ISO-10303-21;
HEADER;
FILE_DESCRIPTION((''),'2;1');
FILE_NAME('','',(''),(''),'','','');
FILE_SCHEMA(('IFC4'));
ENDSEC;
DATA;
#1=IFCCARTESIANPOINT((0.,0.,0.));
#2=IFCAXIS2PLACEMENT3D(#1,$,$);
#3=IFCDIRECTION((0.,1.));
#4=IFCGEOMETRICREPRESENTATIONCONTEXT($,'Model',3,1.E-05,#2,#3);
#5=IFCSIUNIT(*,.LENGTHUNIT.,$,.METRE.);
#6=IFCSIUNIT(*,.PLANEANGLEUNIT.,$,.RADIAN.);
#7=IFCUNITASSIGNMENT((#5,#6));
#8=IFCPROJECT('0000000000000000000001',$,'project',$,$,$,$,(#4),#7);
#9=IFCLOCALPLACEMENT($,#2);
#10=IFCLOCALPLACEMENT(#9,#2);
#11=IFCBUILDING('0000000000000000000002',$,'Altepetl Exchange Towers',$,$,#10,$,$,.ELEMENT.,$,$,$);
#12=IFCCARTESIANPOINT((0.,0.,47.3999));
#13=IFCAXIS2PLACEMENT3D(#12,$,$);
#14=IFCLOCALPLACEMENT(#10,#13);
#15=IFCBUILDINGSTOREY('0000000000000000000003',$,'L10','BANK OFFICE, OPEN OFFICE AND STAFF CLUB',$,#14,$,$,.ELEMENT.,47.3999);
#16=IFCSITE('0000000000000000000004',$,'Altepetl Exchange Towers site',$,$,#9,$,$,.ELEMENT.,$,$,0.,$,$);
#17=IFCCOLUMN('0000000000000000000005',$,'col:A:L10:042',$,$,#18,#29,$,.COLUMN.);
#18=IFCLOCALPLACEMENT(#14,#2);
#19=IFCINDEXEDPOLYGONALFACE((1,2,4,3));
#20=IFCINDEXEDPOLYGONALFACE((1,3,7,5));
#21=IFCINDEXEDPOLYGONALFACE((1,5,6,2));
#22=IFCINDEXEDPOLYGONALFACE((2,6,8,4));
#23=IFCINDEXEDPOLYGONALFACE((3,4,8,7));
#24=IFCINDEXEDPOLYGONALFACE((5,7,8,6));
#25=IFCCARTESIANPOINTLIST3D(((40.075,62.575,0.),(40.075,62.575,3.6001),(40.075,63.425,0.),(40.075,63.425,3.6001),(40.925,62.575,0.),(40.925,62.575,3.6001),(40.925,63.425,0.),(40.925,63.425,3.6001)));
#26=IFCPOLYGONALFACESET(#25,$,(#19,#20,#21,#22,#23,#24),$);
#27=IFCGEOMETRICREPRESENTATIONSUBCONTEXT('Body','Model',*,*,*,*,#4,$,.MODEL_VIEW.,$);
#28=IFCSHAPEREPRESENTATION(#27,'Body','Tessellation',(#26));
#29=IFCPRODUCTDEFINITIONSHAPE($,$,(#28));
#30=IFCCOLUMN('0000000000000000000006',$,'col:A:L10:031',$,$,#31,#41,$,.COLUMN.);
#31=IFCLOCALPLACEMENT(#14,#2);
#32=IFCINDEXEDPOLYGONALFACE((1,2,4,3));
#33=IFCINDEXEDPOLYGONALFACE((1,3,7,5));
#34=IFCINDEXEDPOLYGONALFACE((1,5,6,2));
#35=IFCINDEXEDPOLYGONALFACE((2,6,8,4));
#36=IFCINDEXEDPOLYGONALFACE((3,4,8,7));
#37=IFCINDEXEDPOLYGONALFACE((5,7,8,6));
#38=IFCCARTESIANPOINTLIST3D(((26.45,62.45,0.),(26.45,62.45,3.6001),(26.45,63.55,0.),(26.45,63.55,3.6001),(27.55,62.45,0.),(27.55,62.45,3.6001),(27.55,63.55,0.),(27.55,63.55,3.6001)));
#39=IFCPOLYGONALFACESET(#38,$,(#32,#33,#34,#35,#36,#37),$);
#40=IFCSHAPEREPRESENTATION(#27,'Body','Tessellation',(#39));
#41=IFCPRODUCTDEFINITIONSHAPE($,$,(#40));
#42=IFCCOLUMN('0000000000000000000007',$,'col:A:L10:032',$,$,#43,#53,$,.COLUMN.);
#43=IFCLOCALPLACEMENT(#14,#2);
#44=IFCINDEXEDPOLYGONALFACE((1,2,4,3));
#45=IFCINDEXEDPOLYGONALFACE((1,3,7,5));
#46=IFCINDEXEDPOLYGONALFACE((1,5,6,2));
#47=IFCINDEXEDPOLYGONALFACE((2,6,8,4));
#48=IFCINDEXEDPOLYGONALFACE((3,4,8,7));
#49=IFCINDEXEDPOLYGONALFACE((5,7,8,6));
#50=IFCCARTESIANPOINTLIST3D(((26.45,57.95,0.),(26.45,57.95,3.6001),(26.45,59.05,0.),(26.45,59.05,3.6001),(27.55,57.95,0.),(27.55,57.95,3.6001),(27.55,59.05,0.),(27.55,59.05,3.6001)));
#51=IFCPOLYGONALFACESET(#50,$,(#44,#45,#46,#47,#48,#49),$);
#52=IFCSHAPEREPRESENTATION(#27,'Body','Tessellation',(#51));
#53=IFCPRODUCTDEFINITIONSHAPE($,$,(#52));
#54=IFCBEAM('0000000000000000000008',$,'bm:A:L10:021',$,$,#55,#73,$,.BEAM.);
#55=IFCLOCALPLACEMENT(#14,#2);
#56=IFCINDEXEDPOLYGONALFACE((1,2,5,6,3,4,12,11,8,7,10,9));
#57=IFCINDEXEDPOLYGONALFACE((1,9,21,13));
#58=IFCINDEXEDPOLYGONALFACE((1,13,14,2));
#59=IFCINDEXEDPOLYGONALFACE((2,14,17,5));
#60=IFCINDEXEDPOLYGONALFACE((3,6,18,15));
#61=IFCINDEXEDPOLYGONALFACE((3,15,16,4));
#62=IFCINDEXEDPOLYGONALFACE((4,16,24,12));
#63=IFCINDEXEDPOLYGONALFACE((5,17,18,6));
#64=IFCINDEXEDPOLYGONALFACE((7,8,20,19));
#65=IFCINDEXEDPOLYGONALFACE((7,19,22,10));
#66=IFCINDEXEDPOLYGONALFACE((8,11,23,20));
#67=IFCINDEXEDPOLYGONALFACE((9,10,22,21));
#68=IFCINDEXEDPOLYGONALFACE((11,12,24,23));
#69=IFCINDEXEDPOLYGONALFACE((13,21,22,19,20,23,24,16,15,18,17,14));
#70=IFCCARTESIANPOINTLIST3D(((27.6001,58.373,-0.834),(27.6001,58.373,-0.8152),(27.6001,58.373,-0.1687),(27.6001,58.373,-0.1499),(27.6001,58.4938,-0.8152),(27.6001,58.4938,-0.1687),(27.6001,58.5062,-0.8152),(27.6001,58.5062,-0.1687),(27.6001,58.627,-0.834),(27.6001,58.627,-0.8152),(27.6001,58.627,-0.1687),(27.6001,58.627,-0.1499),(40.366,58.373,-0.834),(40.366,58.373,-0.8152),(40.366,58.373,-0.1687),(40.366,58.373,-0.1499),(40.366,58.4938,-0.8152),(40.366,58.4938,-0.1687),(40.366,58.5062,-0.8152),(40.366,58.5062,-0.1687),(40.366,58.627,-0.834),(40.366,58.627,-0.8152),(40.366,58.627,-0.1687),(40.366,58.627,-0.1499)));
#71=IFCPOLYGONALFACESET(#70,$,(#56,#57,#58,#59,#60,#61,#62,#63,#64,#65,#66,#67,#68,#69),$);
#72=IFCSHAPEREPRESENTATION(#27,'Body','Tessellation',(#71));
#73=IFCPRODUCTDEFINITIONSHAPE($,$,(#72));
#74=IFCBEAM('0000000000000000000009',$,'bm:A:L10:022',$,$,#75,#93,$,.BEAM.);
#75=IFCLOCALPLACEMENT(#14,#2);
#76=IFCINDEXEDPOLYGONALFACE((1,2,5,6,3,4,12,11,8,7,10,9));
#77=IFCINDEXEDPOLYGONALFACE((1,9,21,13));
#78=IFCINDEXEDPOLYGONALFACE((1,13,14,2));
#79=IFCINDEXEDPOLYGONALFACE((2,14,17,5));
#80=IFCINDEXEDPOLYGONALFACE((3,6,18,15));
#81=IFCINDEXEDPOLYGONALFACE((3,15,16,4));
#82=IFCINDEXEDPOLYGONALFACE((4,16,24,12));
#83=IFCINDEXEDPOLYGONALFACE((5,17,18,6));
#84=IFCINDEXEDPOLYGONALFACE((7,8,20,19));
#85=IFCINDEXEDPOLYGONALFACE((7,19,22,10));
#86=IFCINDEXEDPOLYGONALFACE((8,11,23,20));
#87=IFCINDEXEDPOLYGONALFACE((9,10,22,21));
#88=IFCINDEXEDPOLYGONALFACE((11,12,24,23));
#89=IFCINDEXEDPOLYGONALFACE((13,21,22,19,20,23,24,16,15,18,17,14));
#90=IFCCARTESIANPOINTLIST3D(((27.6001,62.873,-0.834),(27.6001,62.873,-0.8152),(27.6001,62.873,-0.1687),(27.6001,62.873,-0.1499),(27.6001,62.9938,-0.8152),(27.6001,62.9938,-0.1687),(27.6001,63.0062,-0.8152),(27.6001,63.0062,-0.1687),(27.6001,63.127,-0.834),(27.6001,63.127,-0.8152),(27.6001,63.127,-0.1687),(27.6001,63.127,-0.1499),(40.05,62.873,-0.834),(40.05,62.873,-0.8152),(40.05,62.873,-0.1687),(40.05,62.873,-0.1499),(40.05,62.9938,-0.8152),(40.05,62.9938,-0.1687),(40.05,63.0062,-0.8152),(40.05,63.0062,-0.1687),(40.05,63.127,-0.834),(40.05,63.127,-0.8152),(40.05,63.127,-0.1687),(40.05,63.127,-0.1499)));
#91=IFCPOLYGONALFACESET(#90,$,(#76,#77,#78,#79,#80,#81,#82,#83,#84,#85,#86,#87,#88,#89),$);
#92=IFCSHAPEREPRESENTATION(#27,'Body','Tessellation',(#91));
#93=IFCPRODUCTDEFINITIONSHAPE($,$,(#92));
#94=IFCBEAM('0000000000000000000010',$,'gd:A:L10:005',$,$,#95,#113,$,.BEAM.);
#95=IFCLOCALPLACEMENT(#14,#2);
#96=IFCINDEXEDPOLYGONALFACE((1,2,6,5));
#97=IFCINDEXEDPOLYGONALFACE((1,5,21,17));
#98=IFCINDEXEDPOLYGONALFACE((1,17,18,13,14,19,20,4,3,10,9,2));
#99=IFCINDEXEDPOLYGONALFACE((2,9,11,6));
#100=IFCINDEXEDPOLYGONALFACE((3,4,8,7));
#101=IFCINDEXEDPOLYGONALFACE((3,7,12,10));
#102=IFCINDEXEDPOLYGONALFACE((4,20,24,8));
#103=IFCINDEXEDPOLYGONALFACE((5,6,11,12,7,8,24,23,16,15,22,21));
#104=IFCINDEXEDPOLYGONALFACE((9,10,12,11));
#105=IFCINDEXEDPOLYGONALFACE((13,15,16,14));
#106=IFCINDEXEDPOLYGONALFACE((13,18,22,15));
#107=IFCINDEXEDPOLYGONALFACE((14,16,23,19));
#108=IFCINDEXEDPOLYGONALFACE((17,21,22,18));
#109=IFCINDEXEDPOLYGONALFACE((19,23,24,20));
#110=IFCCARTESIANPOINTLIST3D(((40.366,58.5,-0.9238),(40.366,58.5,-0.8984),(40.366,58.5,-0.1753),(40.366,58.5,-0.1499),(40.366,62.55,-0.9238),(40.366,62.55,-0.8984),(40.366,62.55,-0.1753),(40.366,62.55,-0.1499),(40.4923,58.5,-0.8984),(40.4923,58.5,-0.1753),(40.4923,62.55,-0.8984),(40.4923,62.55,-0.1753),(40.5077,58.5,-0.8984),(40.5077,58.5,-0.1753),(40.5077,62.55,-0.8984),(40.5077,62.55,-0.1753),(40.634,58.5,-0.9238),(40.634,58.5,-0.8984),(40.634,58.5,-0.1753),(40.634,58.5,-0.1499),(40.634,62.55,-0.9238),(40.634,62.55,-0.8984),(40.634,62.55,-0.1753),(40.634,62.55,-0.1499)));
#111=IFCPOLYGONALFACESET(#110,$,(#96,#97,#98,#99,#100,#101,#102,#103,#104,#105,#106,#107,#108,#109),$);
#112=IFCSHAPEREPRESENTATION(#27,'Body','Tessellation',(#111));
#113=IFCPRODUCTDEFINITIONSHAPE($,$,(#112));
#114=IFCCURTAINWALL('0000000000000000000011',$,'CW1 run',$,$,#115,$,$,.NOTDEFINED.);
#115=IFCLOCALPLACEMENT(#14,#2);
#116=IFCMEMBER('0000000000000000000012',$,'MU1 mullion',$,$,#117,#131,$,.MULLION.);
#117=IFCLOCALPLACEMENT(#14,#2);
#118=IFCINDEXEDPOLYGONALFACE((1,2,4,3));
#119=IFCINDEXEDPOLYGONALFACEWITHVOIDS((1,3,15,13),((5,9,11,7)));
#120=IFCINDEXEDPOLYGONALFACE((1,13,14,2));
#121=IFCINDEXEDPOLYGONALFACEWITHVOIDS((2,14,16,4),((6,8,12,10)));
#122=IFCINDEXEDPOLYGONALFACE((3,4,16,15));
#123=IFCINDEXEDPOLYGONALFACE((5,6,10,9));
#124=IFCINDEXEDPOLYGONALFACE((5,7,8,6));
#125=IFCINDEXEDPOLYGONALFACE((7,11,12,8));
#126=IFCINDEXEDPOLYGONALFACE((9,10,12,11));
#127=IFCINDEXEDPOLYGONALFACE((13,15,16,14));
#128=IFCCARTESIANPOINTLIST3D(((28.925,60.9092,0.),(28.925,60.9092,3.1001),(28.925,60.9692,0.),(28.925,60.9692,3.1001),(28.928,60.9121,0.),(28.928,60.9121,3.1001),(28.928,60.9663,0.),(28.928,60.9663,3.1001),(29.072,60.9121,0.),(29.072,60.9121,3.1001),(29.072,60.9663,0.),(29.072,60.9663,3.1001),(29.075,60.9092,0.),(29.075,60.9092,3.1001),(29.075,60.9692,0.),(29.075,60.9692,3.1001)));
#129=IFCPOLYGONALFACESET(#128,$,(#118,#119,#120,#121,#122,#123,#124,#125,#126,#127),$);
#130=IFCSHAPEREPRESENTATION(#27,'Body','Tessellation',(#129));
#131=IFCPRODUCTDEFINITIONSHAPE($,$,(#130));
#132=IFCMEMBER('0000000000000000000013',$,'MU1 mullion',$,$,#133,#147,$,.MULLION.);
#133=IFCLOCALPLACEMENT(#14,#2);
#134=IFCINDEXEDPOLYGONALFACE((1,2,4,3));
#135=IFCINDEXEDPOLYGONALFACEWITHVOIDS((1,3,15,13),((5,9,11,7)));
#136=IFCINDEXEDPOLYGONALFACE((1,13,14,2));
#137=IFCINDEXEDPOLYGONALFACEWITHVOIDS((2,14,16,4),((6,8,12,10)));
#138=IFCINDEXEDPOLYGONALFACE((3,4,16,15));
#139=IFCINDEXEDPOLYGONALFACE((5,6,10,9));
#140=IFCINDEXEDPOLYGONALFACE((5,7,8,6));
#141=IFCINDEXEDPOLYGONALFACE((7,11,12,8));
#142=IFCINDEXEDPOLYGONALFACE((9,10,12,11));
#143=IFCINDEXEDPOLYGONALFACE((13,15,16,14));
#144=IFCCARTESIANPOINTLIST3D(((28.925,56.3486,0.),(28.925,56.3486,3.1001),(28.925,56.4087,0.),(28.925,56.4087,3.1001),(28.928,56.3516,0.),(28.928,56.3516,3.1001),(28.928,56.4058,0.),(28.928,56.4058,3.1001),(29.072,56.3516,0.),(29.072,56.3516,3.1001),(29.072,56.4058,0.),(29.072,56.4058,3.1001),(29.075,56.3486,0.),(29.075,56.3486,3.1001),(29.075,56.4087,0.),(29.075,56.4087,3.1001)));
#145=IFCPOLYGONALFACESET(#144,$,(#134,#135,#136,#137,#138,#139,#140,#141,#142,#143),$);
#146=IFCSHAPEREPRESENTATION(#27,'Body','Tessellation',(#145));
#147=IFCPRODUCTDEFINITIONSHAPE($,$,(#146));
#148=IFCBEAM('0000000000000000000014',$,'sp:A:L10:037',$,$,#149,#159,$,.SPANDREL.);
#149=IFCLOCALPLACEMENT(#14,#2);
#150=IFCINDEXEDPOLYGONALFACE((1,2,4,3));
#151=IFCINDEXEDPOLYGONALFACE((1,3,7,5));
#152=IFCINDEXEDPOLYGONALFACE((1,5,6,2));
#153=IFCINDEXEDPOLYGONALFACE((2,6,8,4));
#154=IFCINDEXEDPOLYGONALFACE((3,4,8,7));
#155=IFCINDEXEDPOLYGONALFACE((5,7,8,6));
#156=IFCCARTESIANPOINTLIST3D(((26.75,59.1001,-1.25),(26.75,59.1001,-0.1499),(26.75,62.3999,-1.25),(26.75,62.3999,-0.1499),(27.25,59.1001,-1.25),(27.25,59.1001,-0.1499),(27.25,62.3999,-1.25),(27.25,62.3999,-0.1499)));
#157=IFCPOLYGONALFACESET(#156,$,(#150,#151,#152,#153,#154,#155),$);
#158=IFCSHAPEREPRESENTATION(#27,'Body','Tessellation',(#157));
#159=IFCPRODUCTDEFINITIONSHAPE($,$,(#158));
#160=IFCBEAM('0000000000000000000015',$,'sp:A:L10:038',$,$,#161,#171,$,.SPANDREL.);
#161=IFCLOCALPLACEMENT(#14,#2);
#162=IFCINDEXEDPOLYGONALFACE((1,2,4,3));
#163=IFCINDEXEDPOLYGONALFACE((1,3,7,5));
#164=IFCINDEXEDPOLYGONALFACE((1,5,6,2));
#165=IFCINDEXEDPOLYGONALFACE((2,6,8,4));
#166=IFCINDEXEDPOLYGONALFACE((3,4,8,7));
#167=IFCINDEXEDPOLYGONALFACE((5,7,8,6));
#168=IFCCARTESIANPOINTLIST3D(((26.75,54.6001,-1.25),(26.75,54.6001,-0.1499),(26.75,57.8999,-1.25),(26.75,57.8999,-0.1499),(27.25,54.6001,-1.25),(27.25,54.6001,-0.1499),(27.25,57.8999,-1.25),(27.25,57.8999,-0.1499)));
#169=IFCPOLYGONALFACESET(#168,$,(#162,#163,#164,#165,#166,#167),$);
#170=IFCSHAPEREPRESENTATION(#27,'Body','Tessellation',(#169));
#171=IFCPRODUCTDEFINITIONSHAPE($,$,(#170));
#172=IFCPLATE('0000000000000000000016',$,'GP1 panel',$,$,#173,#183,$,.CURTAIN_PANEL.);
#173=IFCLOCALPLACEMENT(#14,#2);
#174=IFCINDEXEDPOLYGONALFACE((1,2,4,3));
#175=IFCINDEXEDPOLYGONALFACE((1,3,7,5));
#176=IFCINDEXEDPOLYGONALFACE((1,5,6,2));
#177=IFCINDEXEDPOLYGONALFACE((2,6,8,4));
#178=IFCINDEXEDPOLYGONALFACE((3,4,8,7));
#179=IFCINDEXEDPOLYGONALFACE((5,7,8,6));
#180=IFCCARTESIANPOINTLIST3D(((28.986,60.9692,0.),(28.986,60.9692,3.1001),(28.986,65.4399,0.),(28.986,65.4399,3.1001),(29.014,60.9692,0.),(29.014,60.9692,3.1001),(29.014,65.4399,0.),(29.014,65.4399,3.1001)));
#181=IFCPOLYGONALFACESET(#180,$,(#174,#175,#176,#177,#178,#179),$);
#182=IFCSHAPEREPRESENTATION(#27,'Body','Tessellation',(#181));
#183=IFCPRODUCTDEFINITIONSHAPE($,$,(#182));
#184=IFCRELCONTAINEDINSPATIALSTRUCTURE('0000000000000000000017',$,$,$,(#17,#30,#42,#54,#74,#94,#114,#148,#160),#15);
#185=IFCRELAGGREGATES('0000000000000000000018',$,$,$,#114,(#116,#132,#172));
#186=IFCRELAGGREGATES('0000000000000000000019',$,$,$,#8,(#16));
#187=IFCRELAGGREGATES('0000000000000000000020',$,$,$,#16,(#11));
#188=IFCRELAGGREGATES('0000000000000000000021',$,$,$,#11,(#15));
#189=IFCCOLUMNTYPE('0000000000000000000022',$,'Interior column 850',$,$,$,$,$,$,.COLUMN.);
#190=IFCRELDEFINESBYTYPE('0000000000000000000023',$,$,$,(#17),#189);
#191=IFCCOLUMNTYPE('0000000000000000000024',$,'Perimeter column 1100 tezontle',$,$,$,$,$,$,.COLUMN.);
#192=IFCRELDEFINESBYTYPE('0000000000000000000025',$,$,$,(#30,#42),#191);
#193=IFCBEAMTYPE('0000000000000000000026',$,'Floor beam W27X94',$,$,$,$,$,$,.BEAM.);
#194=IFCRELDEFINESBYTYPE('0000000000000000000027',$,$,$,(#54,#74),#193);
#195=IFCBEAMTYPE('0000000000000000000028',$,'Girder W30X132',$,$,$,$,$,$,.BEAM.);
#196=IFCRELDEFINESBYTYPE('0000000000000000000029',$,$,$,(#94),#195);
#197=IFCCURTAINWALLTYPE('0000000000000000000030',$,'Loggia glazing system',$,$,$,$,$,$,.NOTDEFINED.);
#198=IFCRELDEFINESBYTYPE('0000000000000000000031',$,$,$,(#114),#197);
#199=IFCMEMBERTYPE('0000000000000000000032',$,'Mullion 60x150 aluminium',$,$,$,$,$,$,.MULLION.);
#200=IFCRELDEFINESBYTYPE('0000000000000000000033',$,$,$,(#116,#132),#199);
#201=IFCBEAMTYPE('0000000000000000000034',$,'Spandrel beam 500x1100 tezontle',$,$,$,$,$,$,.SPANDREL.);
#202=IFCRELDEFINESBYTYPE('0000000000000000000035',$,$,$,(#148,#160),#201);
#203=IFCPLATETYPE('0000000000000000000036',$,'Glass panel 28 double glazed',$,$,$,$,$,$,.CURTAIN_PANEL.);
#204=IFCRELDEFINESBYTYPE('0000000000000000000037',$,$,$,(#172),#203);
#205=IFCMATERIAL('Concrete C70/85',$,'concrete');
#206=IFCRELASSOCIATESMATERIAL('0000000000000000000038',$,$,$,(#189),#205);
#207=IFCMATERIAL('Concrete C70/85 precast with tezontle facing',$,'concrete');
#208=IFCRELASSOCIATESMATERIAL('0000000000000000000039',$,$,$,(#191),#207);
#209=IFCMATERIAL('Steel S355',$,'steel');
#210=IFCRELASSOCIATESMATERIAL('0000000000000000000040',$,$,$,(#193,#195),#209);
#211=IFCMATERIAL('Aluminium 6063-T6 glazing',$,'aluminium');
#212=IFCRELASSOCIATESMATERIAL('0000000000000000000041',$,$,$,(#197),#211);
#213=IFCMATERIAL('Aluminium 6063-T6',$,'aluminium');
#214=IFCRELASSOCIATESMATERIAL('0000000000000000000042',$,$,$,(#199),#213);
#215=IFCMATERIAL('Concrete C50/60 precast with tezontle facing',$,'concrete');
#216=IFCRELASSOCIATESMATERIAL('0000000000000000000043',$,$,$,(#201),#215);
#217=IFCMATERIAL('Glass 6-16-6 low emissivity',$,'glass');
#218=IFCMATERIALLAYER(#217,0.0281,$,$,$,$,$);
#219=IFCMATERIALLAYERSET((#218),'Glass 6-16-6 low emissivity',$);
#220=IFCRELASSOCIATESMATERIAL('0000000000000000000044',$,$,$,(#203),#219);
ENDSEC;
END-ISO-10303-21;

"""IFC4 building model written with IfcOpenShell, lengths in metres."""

from ifc_helpers import new_model, si_unit, direction, frame, origin, origin_2d, place, context, subcontext, project, spatial, rectangle, hollow_rectangle, i_section, extrude, material, layer, layer_set, material_profile, profile_set, type_object, element, aggregate, save


model = new_model("IFC4")

# Units and contexts
model_context = context("Model", 3, precision=1e-05, world=origin(), true_north=direction((0.0, 1.0)))
body_context = subcontext(model_context, "Body", "Model", "MODEL_VIEW")
ifc_project = project(units=[si_unit("LENGTHUNIT", "METRE"), si_unit("PLANEANGLEUNIT", "RADIAN")], contexts=[model_context])

# Site, building, storey
site_placement = place(None, origin())
site = spatial("IfcSite", under=ifc_project, at=site_placement, Name="Altepetl Exchange Towers site", CompositionType="ELEMENT", RefElevation=0.0)
building_placement = place(site_placement, origin())
building = spatial("IfcBuilding", under=site, at=building_placement, Name="Altepetl Exchange Towers", CompositionType="ELEMENT")
storey_placement = place(building_placement, frame((0.0, 0.0, 47.3999)))
storey = spatial("IfcBuildingStorey", under=building, at=storey_placement, Name="L10", Description="BANK OFFICE, OPEN OFFICE AND STAFF CLUB", CompositionType="ELEMENT", Elevation=47.3999)

# Columns
ifc_material_1 = material(Name="Concrete C70/85", Category="concrete")
ifc_material_profile_1 = material_profile(ifc_material_1, rectangle(XDim=0.8501, YDim=0.8501, at=origin_2d()), Name="850 x 850")
ifc_profile_set_1 = profile_set([ifc_material_profile_1], Name="Concrete C70/85")
column_type_1 = type_object("IfcColumnType", Name="Interior column 850", PredefinedType="COLUMN", material=ifc_profile_set_1)
column_placement = place(storey_placement, frame((40.5, 63.0, 0.0)))
element("IfcColumn", 1, at=column_placement, inside=storey, type_object=column_type_1, Name="col:A:L10:042", PredefinedType="COLUMN", context=body_context, shape_type="SweptSolid", body=[
    extrude(rectangle(XDim=0.8501, YDim=0.8501, at=origin_2d()), origin(), (0.0, 0.0, 1.0), 3.6001),
])
ifc_material_2 = material(Name="Concrete C70/85 precast with tezontle facing", Category="concrete")
ifc_material_profile_2 = material_profile(ifc_material_2, rectangle(XDim=1.1001, YDim=1.1001, at=origin_2d()), Name="1100 x 1100")
ifc_profile_set_2 = profile_set([ifc_material_profile_2], Name="Concrete C70/85 precast with tezontle facing")
column_type_2 = type_object("IfcColumnType", Name="Perimeter column 1100 tezontle", PredefinedType="COLUMN", material=ifc_profile_set_2)
for number, where, name in (
    (2, (27.0, 63.0, 0.0), "col:A:L10:031"),
    (3, (27.0, 58.5, 0.0), "col:A:L10:032"),
):
    element("IfcColumn", number, at=place(storey_placement, frame(where)), inside=storey, type_object=column_type_2, Name=name, PredefinedType="COLUMN", context=body_context, shape_type="SweptSolid", body=[
        extrude(rectangle(XDim=1.1001, YDim=1.1001, at=origin_2d()), origin(), (0.0, 0.0, 1.0), 3.6001),
    ])

# Beams
ifc_material_3 = material(Name="Steel S355", Category="steel")
ifc_material_profile_3 = material_profile(ifc_material_3, i_section(OverallWidth=0.2539, OverallDepth=0.6841, WebThickness=0.0125, FlangeThickness=0.0188, at=origin_2d()), Name="W27X94")
ifc_profile_set_3 = profile_set([ifc_material_profile_3], Name="Steel S355")
beam_type_1 = type_object("IfcBeamType", Name="Floor beam W27X94", PredefinedType="BEAM", material=ifc_profile_set_3)
beam_1_placement = place(storey_placement, frame((27.6001, 58.5, -0.4919), z_axis=(1.0, 0.0, 0.0), x_axis=(0.0, 1.0, 0.0)))
element("IfcBeam", 4, at=beam_1_placement, inside=storey, type_object=beam_type_1, Name="bm:A:L10:021", PredefinedType="BEAM", context=body_context, shape_type="SweptSolid", body=[
    extrude(i_section(OverallWidth=0.2539, OverallDepth=0.6841, WebThickness=0.0125, FlangeThickness=0.0188, at=origin_2d()), origin(), (0.0, 0.0, 1.0), 12.7659),
])
beam_2_placement = place(storey_placement, frame((27.6001, 63.0, -0.4919), z_axis=(1.0, 0.0, 0.0), x_axis=(0.0, 1.0, 0.0)))
element("IfcBeam", 5, at=beam_2_placement, inside=storey, type_object=beam_type_1, Name="bm:A:L10:022", PredefinedType="BEAM", context=body_context, shape_type="SweptSolid", body=[
    extrude(i_section(OverallWidth=0.2539, OverallDepth=0.6841, WebThickness=0.0125, FlangeThickness=0.0188, at=origin_2d()), origin(), (0.0, 0.0, 1.0), 12.45),
])
ifc_material_profile_4 = material_profile(ifc_material_3, i_section(OverallWidth=0.2681, OverallDepth=0.7739, WebThickness=0.0154, FlangeThickness=0.0254, at=origin_2d()), Name="W30X132")
ifc_profile_set_4 = profile_set([ifc_material_profile_4], Name="Steel S355")
beam_type_2 = type_object("IfcBeamType", Name="Girder W30X132", PredefinedType="BEAM", material=ifc_profile_set_4)
beam_3_placement = place(storey_placement, frame((40.5, 62.55, -0.5369), z_axis=(0.0, -1.0, 0.0), x_axis=(1.0, 0.0, 0.0)))
element("IfcBeam", 6, at=beam_3_placement, inside=storey, type_object=beam_type_2, Name="gd:A:L10:005", PredefinedType="BEAM", context=body_context, shape_type="SweptSolid", body=[
    extrude(i_section(OverallWidth=0.2681, OverallDepth=0.7739, WebThickness=0.0154, FlangeThickness=0.0254, at=origin_2d()), origin(), (0.0, 0.0, 1.0), 4.05),
])

# Curtain wall, members
ifc_material_4 = material(Name="Aluminium 6063-T6 glazing", Category="aluminium")
curtain_wall_type = type_object("IfcCurtainWallType", Name="Loggia glazing system", PredefinedType="NOTDEFINED", material=ifc_material_4)
curtain_wall_placement = place(storey_placement, origin())
curtain_wall = element("IfcCurtainWall", 7, at=curtain_wall_placement, inside=storey, type_object=curtain_wall_type, Name="CW1 run", PredefinedType="NOTDEFINED")
ifc_material_5 = material(Name="Aluminium 6063-T6", Category="aluminium")
ifc_material_profile_5 = material_profile(ifc_material_5, hollow_rectangle(XDim=0.0601, YDim=0.1499, WallThickness=0.0029, at=origin_2d()), Name="Mullion 60x150 aluminium")
ifc_profile_set_5 = profile_set([ifc_material_profile_5], Name="Aluminium 6063-T6")
member_type = type_object("IfcMemberType", Name="Mullion 60x150 aluminium", PredefinedType="MULLION", material=ifc_profile_set_5)
member_1_placement = place(storey_placement, frame((29.0, 60.9392, 0.0), z_axis=(0.0, 0.0, 1.0), x_axis=(0.0, -1.0, 0.0)))
member_1 = element("IfcMember", 8, at=member_1_placement, type_object=member_type, Name="MU1 mullion", PredefinedType="MULLION", context=body_context, shape_type="SweptSolid", body=[
    extrude(hollow_rectangle(XDim=0.0601, YDim=0.1499, WallThickness=0.0029, at=origin_2d()), origin(), (0.0, 0.0, 1.0), 3.1001),
])
member_2_placement = place(storey_placement, frame((29.0, 56.3787, 0.0), z_axis=(0.0, 0.0, 1.0), x_axis=(0.0, -1.0, 0.0)))
member_2 = element("IfcMember", 9, at=member_2_placement, type_object=member_type, Name="MU1 mullion", PredefinedType="MULLION", context=body_context, shape_type="SweptSolid", body=[
    extrude(hollow_rectangle(XDim=0.0601, YDim=0.1499, WallThickness=0.0029, at=origin_2d()), origin(), (0.0, 0.0, 1.0), 3.1001),
])

# Beams
ifc_material_6 = material(Name="Concrete C50/60 precast with tezontle facing", Category="concrete")
ifc_material_profile_6 = material_profile(ifc_material_6, rectangle(XDim=0.5, YDim=1.1001, at=origin_2d()), Name="500 x 1100")
ifc_profile_set_6 = profile_set([ifc_material_profile_6], Name="Concrete C50/60 precast with tezontle facing")
beam_type_3 = type_object("IfcBeamType", Name="Spandrel beam 500x1100 tezontle", PredefinedType="SPANDREL", material=ifc_profile_set_6)
for number, where, z_axis, x_axis, name in (
    (10, (27.0, 62.3999, -0.7), (0.0, -1.0, 0.0), (1.0, 0.0, 0.0), "sp:A:L10:037"),
    (11, (27.0, 57.8999, -0.7), (0.0, -1.0, 0.0), (1.0, 0.0, 0.0), "sp:A:L10:038"),
):
    element("IfcBeam", number, at=place(storey_placement, frame(where, z_axis=z_axis, x_axis=x_axis)), inside=storey, type_object=beam_type_3, Name=name, PredefinedType="SPANDREL", context=body_context, shape_type="SweptSolid", body=[
        extrude(rectangle(XDim=0.5, YDim=1.1001, at=origin_2d()), origin(), (0.0, 0.0, 1.0), 3.2998),
    ])

# Plate
ifc_material_7 = material(Name="Glass 6-16-6 low emissivity", Category="glass")
ifc_layer_1 = layer(ifc_material_7, 0.0281)
ifc_layer_set_1 = layer_set([ifc_layer_1], Name="Glass 6-16-6 low emissivity")
plate_type = type_object("IfcPlateType", Name="Glass panel 28 double glazed", PredefinedType="CURTAIN_PANEL", material=ifc_layer_set_1)
plate_1_placement = place(storey_placement, frame((29.0, 63.2046, 0.0), z_axis=(0.0, 0.0, 1.0), x_axis=(0.0, -1.0, 0.0)))
plate_1 = element("IfcPlate", 12, at=plate_1_placement, type_object=plate_type, Name="GP1 panel", PredefinedType="CURTAIN_PANEL", context=body_context, shape_type="SweptSolid", body=[
    extrude(rectangle(XDim=4.4707, YDim=0.0281, at=origin_2d()), origin(), (0.0, 0.0, 1.0), 3.1001),
])
aggregate(curtain_wall, [member_1, member_2, plate_1])

save(model, "model.ifc")
